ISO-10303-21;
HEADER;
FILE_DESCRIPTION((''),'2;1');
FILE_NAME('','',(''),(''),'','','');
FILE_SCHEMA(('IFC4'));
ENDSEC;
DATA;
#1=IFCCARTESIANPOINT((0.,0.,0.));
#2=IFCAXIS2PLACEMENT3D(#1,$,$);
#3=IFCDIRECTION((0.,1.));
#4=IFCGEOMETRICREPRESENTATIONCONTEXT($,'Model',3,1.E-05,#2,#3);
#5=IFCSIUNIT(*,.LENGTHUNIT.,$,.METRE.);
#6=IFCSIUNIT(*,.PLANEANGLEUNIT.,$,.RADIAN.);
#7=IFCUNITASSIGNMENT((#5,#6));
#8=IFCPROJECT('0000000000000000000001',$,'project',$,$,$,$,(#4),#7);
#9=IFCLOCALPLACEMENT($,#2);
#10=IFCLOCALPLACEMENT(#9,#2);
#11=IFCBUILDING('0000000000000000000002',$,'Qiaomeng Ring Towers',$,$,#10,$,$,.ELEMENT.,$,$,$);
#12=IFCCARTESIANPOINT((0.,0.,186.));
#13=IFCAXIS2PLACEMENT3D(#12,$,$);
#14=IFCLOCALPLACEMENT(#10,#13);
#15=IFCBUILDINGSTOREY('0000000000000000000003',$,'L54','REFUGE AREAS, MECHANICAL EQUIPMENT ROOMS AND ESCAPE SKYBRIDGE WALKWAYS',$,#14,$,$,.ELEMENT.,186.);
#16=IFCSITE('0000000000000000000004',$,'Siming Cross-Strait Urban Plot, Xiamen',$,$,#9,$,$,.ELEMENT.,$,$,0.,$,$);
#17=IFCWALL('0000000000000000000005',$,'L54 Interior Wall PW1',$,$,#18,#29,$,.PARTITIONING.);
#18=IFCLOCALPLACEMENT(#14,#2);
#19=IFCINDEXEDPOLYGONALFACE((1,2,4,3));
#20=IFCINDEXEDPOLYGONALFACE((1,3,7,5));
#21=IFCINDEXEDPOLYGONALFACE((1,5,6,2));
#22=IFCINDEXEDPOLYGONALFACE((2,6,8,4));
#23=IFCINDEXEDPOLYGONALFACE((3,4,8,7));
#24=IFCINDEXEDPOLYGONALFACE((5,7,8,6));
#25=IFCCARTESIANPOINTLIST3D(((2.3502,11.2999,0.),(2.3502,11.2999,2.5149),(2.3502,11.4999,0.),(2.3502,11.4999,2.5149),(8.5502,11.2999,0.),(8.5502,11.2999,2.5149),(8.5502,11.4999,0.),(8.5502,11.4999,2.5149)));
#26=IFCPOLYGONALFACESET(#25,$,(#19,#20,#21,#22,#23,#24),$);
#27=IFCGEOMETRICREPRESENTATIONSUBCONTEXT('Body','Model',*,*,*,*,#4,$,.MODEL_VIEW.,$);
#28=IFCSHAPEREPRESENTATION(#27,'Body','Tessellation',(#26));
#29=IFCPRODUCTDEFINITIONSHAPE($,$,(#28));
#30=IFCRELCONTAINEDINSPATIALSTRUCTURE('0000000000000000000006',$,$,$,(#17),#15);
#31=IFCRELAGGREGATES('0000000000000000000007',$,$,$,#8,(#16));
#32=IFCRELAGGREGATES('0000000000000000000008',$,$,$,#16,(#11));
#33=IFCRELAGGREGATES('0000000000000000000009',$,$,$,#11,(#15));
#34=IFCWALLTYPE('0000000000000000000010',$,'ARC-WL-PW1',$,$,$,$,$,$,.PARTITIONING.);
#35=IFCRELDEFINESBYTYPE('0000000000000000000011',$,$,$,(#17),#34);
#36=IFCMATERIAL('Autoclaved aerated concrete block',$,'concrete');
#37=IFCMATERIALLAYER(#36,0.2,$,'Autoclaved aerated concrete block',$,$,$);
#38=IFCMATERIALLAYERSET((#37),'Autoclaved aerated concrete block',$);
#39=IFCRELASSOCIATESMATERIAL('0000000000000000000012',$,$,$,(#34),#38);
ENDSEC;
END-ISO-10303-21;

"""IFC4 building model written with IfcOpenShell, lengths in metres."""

from ifc_helpers import new_model, si_unit, direction, frame, frame_2d, origin, place, context, subcontext, project, spatial, rectangle, extrude, material, layer, layer_set, type_object, element, save


model = new_model("IFC4")

# Units and contexts
model_context = context("Model", 3, precision=1e-05, world=origin(), true_north=direction((0.0, 1.0)))
body_context = subcontext(model_context, "Body", "Model", "MODEL_VIEW")
ifc_project = project(units=[si_unit("LENGTHUNIT", "METRE"), si_unit("PLANEANGLEUNIT", "RADIAN")], contexts=[model_context])

# Site, building, storey
site_placement = place(None, origin())
site = spatial("IfcSite", under=ifc_project, at=site_placement, Name="Siming Cross-Strait Urban Plot, Xiamen", CompositionType="ELEMENT", RefElevation=0.0)
building_placement = place(site_placement, origin())
building = spatial("IfcBuilding", under=site, at=building_placement, Name="Qiaomeng Ring Towers", CompositionType="ELEMENT")
storey_placement = place(building_placement, frame((0.0, 0.0, 186.0)))
storey = spatial("IfcBuildingStorey", under=building, at=storey_placement, Name="L54", Description="REFUGE AREAS, MECHANICAL EQUIPMENT ROOMS AND ESCAPE SKYBRIDGE WALKWAYS", CompositionType="ELEMENT", Elevation=186.0)

# Wall
ifc_material_1 = material(Name="Autoclaved aerated concrete block", Category="concrete")
ifc_layer_1 = layer(ifc_material_1, 0.2, Name="Autoclaved aerated concrete block")
ifc_layer_set_1 = layer_set([ifc_layer_1], Name="Autoclaved aerated concrete block")
wall_type = type_object("IfcWallType", Name="ARC-WL-PW1", PredefinedType="PARTITIONING", material=ifc_layer_set_1)
wall_placement = place(storey_placement, frame((2.3501, 11.3999, 0.0), z_axis=(0.0, 0.0, 1.0), x_axis=(1.0, 0.0, 0.0)))
element("IfcWall", 1, at=wall_placement, inside=storey, type_object=wall_type, Name="L54 Interior Wall PW1", PredefinedType="PARTITIONING", context=body_context, shape_type="SweptSolid", body=[
    extrude(rectangle(XDim=6.2, YDim=0.2, at=frame_2d((3.1001, 0.0))), origin(), (0.0, 0.0, 1.0), 2.5149),
])

save(model, "model.ifc")
